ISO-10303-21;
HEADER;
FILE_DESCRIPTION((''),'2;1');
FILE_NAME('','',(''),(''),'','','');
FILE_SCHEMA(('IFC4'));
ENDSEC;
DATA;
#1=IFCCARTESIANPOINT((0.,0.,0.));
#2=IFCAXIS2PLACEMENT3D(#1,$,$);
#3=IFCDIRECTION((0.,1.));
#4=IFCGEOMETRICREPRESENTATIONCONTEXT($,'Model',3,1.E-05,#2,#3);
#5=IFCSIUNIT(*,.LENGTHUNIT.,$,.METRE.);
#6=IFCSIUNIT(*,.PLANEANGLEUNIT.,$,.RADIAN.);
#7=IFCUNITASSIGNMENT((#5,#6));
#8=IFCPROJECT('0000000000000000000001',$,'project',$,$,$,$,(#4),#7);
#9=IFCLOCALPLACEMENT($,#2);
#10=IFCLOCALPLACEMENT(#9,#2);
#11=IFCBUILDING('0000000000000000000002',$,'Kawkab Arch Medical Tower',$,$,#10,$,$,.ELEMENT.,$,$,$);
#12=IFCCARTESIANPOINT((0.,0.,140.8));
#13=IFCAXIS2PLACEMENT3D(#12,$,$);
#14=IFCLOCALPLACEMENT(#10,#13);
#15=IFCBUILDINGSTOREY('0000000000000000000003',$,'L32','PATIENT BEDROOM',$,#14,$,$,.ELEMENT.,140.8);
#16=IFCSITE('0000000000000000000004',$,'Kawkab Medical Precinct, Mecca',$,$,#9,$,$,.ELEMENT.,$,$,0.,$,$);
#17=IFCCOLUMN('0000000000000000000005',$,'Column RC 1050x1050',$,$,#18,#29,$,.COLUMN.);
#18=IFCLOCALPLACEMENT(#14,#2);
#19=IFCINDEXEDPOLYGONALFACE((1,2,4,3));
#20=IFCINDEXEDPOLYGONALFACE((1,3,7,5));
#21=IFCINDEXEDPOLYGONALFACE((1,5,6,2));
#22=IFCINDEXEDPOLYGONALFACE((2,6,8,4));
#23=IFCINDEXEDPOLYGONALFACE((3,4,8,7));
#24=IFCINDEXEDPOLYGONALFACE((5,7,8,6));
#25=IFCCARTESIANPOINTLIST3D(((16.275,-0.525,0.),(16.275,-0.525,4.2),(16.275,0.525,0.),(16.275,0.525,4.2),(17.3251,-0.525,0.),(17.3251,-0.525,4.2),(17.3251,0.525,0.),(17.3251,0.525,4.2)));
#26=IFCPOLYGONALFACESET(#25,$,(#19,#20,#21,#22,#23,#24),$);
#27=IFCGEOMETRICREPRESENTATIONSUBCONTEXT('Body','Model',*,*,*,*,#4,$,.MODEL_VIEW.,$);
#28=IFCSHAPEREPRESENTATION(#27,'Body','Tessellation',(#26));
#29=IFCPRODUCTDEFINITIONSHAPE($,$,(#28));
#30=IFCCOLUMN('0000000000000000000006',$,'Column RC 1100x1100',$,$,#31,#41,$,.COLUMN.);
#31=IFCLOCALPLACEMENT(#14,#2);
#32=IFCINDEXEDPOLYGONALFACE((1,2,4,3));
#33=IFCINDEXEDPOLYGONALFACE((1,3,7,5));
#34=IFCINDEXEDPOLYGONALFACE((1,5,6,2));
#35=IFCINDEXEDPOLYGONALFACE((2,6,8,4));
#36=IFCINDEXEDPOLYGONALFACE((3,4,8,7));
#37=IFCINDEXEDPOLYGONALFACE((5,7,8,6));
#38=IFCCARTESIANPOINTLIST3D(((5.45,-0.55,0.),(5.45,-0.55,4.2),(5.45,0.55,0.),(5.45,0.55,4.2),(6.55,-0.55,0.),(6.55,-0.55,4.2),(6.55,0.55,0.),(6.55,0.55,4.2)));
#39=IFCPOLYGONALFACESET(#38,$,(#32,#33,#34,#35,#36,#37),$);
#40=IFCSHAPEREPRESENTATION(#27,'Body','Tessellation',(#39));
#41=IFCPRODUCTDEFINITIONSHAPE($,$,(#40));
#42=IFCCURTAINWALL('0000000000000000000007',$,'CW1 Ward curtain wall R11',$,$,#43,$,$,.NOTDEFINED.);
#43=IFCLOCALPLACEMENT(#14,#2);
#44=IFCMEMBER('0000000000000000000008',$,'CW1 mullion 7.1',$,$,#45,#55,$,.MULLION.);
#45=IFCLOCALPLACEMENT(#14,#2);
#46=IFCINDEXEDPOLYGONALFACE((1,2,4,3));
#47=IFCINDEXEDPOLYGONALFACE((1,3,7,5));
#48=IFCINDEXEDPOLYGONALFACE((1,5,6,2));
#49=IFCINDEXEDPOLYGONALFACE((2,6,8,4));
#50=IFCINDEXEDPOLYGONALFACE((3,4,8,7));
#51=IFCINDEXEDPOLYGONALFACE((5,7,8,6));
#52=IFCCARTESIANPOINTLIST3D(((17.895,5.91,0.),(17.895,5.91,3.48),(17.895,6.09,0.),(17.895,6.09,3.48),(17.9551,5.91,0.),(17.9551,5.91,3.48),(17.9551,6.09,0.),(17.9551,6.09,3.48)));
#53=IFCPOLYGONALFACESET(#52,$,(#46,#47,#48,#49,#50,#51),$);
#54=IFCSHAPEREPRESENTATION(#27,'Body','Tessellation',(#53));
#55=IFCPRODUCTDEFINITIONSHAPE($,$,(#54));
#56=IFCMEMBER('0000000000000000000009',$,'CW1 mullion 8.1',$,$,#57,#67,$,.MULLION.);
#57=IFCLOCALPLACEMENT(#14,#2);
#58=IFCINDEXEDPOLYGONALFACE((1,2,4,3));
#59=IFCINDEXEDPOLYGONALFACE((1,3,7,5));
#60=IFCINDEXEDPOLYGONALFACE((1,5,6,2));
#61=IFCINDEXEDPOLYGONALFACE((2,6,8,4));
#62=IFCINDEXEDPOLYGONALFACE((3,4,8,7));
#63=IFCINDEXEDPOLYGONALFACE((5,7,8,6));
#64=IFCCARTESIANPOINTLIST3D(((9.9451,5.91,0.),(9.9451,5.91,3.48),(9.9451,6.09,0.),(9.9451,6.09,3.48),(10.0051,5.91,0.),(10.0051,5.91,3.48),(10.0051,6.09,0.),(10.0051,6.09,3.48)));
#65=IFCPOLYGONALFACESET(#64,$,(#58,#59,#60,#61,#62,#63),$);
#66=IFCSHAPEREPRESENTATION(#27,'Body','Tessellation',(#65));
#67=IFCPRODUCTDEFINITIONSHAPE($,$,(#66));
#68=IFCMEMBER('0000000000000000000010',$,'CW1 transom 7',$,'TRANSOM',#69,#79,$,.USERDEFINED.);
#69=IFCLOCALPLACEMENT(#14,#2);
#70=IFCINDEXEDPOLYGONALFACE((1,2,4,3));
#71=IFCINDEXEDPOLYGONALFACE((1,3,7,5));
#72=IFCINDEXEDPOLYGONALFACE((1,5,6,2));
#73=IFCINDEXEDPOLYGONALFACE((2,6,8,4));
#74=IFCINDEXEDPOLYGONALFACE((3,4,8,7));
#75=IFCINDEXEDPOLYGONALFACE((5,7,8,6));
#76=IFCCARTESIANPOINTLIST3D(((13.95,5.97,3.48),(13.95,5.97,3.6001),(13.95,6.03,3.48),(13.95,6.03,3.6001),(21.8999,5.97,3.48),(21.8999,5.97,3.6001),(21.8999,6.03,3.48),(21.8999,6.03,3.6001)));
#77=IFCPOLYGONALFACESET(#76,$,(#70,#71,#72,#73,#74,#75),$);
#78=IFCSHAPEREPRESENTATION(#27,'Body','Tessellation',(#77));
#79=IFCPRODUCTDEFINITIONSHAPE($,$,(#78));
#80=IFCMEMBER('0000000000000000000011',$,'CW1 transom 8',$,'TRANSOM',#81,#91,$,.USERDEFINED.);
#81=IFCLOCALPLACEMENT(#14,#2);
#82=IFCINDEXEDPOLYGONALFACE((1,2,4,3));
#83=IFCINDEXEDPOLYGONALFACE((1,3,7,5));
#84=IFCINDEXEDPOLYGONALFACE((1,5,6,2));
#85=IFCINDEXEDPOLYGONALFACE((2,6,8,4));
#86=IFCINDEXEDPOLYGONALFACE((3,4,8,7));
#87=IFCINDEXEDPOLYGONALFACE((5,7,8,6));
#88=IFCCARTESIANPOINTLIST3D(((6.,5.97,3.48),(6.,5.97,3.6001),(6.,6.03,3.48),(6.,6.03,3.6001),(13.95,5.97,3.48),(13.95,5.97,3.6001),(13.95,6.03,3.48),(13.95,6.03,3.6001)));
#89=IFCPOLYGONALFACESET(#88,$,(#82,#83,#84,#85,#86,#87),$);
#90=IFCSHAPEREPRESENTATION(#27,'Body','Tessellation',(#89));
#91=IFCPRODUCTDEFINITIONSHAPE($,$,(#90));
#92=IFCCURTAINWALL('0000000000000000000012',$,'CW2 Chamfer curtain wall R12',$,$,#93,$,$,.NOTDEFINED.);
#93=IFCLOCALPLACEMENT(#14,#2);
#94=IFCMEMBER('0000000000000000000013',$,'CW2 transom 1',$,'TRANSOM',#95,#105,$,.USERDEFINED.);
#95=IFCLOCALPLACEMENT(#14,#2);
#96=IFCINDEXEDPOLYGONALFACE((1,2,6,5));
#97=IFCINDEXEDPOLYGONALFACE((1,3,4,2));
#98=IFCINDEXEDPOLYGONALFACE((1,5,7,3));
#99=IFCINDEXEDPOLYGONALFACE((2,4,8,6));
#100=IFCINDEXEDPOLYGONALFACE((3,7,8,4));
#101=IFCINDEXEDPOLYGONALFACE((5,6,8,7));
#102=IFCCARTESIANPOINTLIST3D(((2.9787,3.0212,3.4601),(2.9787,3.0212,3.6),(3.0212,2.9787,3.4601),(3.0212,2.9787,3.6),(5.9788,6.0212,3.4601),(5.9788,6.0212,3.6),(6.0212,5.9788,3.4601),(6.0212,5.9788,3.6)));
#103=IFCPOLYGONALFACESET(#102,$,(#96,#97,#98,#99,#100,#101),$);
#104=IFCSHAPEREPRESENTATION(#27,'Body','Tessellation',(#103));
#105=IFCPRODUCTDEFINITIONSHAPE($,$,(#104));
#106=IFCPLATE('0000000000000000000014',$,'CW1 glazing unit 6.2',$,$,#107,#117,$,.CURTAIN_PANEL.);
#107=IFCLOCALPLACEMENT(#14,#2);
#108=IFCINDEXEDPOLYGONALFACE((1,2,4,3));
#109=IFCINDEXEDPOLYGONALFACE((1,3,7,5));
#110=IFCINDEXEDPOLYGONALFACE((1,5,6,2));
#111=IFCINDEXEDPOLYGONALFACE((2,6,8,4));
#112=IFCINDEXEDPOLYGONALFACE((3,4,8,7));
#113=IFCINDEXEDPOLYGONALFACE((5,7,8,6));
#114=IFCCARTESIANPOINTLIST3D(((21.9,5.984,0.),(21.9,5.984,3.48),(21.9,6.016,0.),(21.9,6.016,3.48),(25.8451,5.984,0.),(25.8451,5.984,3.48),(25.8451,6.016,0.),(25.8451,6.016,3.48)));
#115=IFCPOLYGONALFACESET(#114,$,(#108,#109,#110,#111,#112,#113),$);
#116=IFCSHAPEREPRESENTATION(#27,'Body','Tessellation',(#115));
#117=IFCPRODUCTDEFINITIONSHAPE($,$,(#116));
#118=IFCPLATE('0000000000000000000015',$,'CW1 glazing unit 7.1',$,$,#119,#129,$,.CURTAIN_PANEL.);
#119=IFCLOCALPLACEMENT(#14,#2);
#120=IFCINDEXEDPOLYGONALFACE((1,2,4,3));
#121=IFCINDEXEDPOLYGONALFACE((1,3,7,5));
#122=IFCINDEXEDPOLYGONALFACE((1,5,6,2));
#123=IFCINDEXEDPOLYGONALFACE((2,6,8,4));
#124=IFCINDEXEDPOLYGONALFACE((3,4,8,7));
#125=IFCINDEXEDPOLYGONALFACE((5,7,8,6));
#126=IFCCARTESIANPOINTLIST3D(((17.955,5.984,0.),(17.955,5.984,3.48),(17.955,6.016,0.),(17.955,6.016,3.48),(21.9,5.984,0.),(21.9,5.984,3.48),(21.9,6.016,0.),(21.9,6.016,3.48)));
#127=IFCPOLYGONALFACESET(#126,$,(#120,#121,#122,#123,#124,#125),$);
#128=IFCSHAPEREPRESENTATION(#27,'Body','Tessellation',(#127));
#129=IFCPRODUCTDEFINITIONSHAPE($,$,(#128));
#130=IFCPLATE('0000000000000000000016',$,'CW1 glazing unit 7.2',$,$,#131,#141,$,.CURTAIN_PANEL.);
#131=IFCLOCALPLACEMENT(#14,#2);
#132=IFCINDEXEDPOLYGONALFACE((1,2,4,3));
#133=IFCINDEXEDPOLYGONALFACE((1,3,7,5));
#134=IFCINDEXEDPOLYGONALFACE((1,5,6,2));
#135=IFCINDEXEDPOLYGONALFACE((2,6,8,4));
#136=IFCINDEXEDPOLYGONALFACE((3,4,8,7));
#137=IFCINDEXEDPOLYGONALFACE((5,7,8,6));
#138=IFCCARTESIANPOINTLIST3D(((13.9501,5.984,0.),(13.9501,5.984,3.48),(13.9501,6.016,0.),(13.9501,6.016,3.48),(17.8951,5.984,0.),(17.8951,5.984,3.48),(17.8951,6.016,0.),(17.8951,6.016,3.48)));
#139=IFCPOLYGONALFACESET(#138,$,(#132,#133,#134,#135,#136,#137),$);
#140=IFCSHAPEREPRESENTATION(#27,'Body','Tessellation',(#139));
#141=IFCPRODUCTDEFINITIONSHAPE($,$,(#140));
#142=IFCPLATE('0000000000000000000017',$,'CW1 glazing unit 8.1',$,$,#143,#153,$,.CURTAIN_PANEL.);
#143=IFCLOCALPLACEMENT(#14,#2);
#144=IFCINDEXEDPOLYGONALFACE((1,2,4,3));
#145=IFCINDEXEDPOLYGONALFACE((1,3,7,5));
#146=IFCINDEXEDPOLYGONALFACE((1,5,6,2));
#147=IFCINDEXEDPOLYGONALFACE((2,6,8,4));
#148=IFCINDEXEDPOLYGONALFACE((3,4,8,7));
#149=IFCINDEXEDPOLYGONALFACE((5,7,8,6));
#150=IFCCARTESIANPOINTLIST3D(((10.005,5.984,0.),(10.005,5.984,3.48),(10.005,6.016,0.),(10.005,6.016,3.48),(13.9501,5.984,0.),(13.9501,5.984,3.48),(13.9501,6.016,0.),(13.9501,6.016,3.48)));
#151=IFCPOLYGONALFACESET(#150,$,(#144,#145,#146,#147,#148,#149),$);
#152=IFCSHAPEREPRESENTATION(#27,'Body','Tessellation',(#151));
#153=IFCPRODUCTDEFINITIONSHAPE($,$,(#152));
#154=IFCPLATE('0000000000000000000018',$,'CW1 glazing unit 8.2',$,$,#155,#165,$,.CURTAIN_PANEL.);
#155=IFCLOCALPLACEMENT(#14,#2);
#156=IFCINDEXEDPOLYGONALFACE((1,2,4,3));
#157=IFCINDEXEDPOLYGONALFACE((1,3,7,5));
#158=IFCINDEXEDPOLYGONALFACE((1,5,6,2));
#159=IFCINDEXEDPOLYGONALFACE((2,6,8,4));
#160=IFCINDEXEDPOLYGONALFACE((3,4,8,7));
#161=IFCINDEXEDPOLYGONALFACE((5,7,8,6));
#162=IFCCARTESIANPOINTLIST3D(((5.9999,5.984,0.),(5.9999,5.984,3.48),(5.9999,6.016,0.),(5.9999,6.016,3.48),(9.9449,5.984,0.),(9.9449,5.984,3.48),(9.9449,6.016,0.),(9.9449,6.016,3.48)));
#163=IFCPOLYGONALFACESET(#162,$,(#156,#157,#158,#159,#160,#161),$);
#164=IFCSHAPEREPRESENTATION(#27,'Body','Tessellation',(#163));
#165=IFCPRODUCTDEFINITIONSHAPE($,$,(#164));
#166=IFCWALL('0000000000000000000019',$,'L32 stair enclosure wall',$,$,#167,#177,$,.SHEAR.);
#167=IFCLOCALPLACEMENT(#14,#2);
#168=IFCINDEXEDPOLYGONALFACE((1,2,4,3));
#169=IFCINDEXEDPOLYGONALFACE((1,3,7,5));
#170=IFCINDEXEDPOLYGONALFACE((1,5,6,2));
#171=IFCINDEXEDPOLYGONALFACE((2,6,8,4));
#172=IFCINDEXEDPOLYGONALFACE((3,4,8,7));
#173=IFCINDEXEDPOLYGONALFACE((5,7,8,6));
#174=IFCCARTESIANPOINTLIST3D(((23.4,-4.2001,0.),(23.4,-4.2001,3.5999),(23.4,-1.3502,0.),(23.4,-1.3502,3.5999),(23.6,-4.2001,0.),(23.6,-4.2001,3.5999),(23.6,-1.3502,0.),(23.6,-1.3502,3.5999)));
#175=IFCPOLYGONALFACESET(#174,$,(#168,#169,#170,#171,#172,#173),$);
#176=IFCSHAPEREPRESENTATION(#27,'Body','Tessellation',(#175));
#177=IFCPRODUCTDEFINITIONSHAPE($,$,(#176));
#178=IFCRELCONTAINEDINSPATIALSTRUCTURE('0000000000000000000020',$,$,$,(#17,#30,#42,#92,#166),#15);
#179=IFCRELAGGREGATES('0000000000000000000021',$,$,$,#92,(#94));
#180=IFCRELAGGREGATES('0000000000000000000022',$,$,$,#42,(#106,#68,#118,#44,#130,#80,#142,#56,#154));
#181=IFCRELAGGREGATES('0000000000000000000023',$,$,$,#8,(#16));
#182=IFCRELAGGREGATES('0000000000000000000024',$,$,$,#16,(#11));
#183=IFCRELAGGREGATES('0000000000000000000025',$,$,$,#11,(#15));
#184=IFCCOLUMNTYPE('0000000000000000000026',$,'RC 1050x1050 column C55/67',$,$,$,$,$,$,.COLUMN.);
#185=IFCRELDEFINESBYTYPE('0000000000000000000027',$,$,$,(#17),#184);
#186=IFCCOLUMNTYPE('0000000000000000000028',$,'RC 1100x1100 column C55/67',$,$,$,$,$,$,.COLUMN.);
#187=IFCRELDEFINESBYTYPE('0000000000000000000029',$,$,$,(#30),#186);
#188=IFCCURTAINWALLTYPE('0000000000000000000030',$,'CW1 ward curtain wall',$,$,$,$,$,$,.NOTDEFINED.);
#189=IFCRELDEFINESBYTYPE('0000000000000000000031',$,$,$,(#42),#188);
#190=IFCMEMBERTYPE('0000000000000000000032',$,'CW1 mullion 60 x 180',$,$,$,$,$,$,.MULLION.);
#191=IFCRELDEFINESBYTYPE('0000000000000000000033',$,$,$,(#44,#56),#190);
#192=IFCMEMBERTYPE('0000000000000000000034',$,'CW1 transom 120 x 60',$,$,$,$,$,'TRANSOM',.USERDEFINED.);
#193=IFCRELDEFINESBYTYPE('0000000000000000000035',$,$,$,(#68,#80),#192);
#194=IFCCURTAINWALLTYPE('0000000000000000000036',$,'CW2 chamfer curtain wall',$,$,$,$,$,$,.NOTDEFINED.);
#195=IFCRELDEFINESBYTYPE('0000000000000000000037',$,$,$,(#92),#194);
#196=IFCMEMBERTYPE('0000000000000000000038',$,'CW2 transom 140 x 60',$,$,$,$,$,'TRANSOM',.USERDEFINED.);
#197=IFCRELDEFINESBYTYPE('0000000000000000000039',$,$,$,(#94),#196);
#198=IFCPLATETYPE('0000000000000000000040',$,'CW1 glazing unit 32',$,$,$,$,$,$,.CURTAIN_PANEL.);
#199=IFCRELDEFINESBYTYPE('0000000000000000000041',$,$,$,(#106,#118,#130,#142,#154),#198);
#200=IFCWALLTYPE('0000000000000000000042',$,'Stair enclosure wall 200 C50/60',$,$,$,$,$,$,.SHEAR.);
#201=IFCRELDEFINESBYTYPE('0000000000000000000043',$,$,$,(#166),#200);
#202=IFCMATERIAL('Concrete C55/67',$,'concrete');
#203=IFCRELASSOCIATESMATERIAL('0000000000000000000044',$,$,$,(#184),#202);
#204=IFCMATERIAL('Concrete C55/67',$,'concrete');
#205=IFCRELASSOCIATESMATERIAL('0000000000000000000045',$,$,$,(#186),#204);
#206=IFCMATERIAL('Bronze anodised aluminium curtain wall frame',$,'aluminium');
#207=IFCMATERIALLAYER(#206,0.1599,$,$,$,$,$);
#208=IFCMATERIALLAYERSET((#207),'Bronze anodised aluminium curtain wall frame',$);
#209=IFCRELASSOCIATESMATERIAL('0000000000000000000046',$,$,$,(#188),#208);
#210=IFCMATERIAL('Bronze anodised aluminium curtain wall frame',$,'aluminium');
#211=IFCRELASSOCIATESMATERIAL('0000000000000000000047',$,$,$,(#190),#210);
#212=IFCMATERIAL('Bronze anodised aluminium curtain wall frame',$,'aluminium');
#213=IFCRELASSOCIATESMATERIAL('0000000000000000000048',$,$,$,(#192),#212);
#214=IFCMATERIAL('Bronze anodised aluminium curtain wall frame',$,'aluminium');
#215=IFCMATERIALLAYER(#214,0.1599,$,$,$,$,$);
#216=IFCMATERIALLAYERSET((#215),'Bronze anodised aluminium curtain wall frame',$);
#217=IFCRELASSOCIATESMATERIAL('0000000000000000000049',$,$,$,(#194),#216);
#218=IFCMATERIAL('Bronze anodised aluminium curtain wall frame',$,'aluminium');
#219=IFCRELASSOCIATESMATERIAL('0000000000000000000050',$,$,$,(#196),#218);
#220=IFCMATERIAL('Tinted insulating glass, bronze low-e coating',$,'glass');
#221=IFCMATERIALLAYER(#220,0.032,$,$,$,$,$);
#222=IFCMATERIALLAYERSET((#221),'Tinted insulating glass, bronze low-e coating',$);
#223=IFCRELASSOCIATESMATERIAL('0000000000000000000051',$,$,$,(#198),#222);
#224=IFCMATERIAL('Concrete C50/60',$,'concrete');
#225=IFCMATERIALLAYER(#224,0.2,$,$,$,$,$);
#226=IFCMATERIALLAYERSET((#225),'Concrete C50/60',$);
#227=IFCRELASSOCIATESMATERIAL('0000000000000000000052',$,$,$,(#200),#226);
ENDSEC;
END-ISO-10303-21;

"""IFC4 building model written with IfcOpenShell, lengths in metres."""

from ifc_helpers import new_model, si_unit, direction, frame, frame_2d, origin, origin_2d, place, context, subcontext, project, spatial, rectangle, extrude, material, layer, layer_set, material_profile, profile_set, type_object, element, aggregate, save


model = new_model("IFC4")

# Units and contexts
model_context = context("Model", 3, precision=1e-05, world=origin(), true_north=direction((0.0, 1.0)))
body_context = subcontext(model_context, "Body", "Model", "MODEL_VIEW")
ifc_project = project(units=[si_unit("LENGTHUNIT", "METRE"), si_unit("PLANEANGLEUNIT", "RADIAN")], contexts=[model_context])

# Site, building, storey
site_placement = place(None, origin())
site = spatial("IfcSite", under=ifc_project, at=site_placement, Name="Kawkab Medical Precinct, Mecca", CompositionType="ELEMENT", RefElevation=0.0)
building_placement = place(site_placement, origin())
building = spatial("IfcBuilding", under=site, at=building_placement, Name="Kawkab Arch Medical Tower", CompositionType="ELEMENT")
storey_placement = place(building_placement, frame((0.0, 0.0, 140.8)))
storey = spatial("IfcBuildingStorey", under=building, at=storey_placement, Name="L32", Description="PATIENT BEDROOM", CompositionType="ELEMENT", Elevation=140.8)

# Columns
ifc_material_1 = material(Name="Concrete C55/67", Category="concrete")
ifc_material_profile_1 = material_profile(ifc_material_1, rectangle(XDim=1.05, YDim=1.05, at=origin_2d()), Name="RC 1050x1050")
ifc_profile_set_1 = profile_set([ifc_material_profile_1], Name="Concrete C55/67")
column_type_1 = type_object("IfcColumnType", Name="RC 1050x1050 column C55/67", PredefinedType="COLUMN", material=ifc_profile_set_1)
column_1_placement = place(storey_placement, frame((16.8, 0.0, 0.0), z_axis=(0.0, 0.0, 1.0), x_axis=(1.0, 0.0, 0.0)))
element("IfcColumn", 1, at=column_1_placement, inside=storey, type_object=column_type_1, Name="Column RC 1050x1050", PredefinedType="COLUMN", context=body_context, shape_type="SweptSolid", body=[
    extrude(rectangle(XDim=1.05, YDim=1.05, at=origin_2d()), origin(), (0.0, 0.0, 1.0), 4.2),
])
ifc_material_2 = material(Name="Concrete C55/67", Category="concrete")
ifc_material_profile_2 = material_profile(ifc_material_2, rectangle(XDim=1.1001, YDim=1.1001, at=origin_2d()), Name="RC 1100x1100")
ifc_profile_set_2 = profile_set([ifc_material_profile_2], Name="Concrete C55/67")
column_type_2 = type_object("IfcColumnType", Name="RC 1100x1100 column C55/67", PredefinedType="COLUMN", material=ifc_profile_set_2)
column_2_placement = place(storey_placement, frame((6.0, 0.0, 0.0), z_axis=(0.0, 0.0, 1.0), x_axis=(1.0, 0.0, 0.0)))
element("IfcColumn", 2, at=column_2_placement, inside=storey, type_object=column_type_2, Name="Column RC 1100x1100", PredefinedType="COLUMN", context=body_context, shape_type="SweptSolid", body=[
    extrude(rectangle(XDim=1.1001, YDim=1.1001, at=origin_2d()), origin(), (0.0, 0.0, 1.0), 4.2),
])

# Curtain wall, members
ifc_material_3 = material(Name="Bronze anodised aluminium curtain wall frame", Category="aluminium")
ifc_layer_1 = layer(ifc_material_3, 0.1599)
ifc_layer_set_1 = layer_set([ifc_layer_1], Name="Bronze anodised aluminium curtain wall frame")
curtain_wall_type_1 = type_object("IfcCurtainWallType", Name="CW1 ward curtain wall", PredefinedType="NOTDEFINED", material=ifc_layer_set_1)
placement = place(storey_placement, origin())
curtain_wall_1 = element("IfcCurtainWall", 3, at=placement, inside=storey, type_object=curtain_wall_type_1, Name="CW1 Ward curtain wall R11", PredefinedType="NOTDEFINED")
ifc_material_4 = material(Name="Bronze anodised aluminium curtain wall frame", Category="aluminium")
ifc_material_profile_3 = material_profile(ifc_material_4, rectangle(XDim=0.1799, YDim=0.0601, at=origin_2d()), Name="AL 60x180")
ifc_profile_set_3 = profile_set([ifc_material_profile_3], Name="Bronze anodised aluminium curtain wall frame")
member_type_1 = type_object("IfcMemberType", Name="CW1 mullion 60 x 180", PredefinedType="MULLION", material=ifc_profile_set_3)
member_1_placement = place(storey_placement, frame((17.925, 6.0, 0.0), z_axis=(0.0, 0.0, 1.0), x_axis=(0.0, -1.0, 0.0)))
member_1 = element("IfcMember", 4, at=member_1_placement, type_object=member_type_1, Name="CW1 mullion 7.1", PredefinedType="MULLION", context=body_context, shape_type="SweptSolid", body=[
    extrude(rectangle(XDim=0.1799, YDim=0.0601, at=origin_2d()), origin(), (0.0, 0.0, 1.0), 3.48),
])
member_2_placement = place(storey_placement, frame((9.9751, 6.0, 0.0), z_axis=(0.0, 0.0, 1.0), x_axis=(0.0, -1.0, 0.0)))
member_2 = element("IfcMember", 5, at=member_2_placement, type_object=member_type_1, Name="CW1 mullion 8.1", PredefinedType="MULLION", context=body_context, shape_type="SweptSolid", body=[
    extrude(rectangle(XDim=0.1799, YDim=0.0601, at=origin_2d()), origin(), (0.0, 0.0, 1.0), 3.48),
])
ifc_material_5 = material(Name="Bronze anodised aluminium curtain wall frame", Category="aluminium")
ifc_material_profile_4 = material_profile(ifc_material_5, rectangle(XDim=0.0601, YDim=0.1201, at=origin_2d()), Name="AL 60x120")
ifc_profile_set_4 = profile_set([ifc_material_profile_4], Name="Bronze anodised aluminium curtain wall frame")
member_type_2 = type_object("IfcMemberType", Name="CW1 transom 120 x 60", ElementType="TRANSOM", PredefinedType="USERDEFINED", material=ifc_profile_set_4)
member_3_placement = place(storey_placement, frame((21.8999, 6.0, 3.54), z_axis=(-1.0, 0.0, 0.0), x_axis=(0.0, -1.0, 0.0)))
member_3 = element("IfcMember", 6, at=member_3_placement, type_object=member_type_2, Name="CW1 transom 7", ObjectType="TRANSOM", PredefinedType="USERDEFINED", context=body_context, shape_type="SweptSolid", body=[
    extrude(rectangle(XDim=0.0601, YDim=0.1201, at=origin_2d()), origin(), (0.0, 0.0, 1.0), 7.95),
])
member_4_placement = place(storey_placement, frame((13.95, 6.0, 3.54), z_axis=(-1.0, 0.0, 0.0), x_axis=(0.0, -1.0, 0.0)))
member_4 = element("IfcMember", 7, at=member_4_placement, type_object=member_type_2, Name="CW1 transom 8", ObjectType="TRANSOM", PredefinedType="USERDEFINED", context=body_context, shape_type="SweptSolid", body=[
    extrude(rectangle(XDim=0.0601, YDim=0.1201, at=origin_2d()), origin(), (0.0, 0.0, 1.0), 7.95),
])

# Curtain wall, member
ifc_material_6 = material(Name="Bronze anodised aluminium curtain wall frame", Category="aluminium")
ifc_layer_2 = layer(ifc_material_6, 0.1599)
ifc_layer_set_2 = layer_set([ifc_layer_2], Name="Bronze anodised aluminium curtain wall frame")
curtain_wall_type_2 = type_object("IfcCurtainWallType", Name="CW2 chamfer curtain wall", PredefinedType="NOTDEFINED", material=ifc_layer_set_2)
curtain_wall_2 = element("IfcCurtainWall", 8, at=placement, inside=storey, type_object=curtain_wall_type_2, Name="CW2 Chamfer curtain wall R12", PredefinedType="NOTDEFINED")
ifc_material_7 = material(Name="Bronze anodised aluminium curtain wall frame", Category="aluminium")
ifc_material_profile_5 = material_profile(ifc_material_7, rectangle(XDim=0.0601, YDim=0.1399, at=origin_2d()), Name="AL 60x140")
ifc_profile_set_5 = profile_set([ifc_material_profile_5], Name="Bronze anodised aluminium curtain wall frame")
member_type_3 = type_object("IfcMemberType", Name="CW2 transom 140 x 60", ElementType="TRANSOM", PredefinedType="USERDEFINED", material=ifc_profile_set_5)
member_5_placement = place(storey_placement, frame((6.0, 6.0, 3.53), z_axis=(-0.707107, -0.707107, 0.0), x_axis=(0.707107, -0.707107, 0.0)))
member_5 = element("IfcMember", 9, at=member_5_placement, type_object=member_type_3, Name="CW2 transom 1", ObjectType="TRANSOM", PredefinedType="USERDEFINED", context=body_context, shape_type="SweptSolid", body=[
    extrude(rectangle(XDim=0.0601, YDim=0.1399, at=origin_2d()), origin(), (0.0, 0.0, 1.0), 4.2427),
])
aggregate(curtain_wall_2, [member_5])

# Plates
ifc_material_8 = material(Name="Tinted insulating glass, bronze low-e coating", Category="glass")
ifc_layer_3 = layer(ifc_material_8, 0.032)
ifc_layer_set_3 = layer_set([ifc_layer_3], Name="Tinted insulating glass, bronze low-e coating")
plate_type = type_object("IfcPlateType", Name="CW1 glazing unit 32", PredefinedType="CURTAIN_PANEL", material=ifc_layer_set_3)
plate_1_placement = place(storey_placement, frame((23.8726, 6.0, 0.0), z_axis=(0.0, 0.0, 1.0), x_axis=(-1.0, 0.0, 0.0)))
plate_1 = element("IfcPlate", 10, at=plate_1_placement, type_object=plate_type, Name="CW1 glazing unit 6.2", PredefinedType="CURTAIN_PANEL", context=body_context, shape_type="SweptSolid", body=[
    extrude(rectangle(XDim=3.9451, YDim=0.032, at=origin_2d()), origin(), (0.0, 0.0, 1.0), 3.48),
])
plate_2_placement = place(storey_placement, frame((19.9275, 6.0, 0.0), z_axis=(0.0, 0.0, 1.0), x_axis=(-1.0, 0.0, 0.0)))
plate_2 = element("IfcPlate", 11, at=plate_2_placement, type_object=plate_type, Name="CW1 glazing unit 7.1", PredefinedType="CURTAIN_PANEL", context=body_context, shape_type="SweptSolid", body=[
    extrude(rectangle(XDim=3.9451, YDim=0.032, at=origin_2d()), origin(), (0.0, 0.0, 1.0), 3.48),
])
plate_3_placement = place(storey_placement, frame((15.9226, 6.0, 0.0), z_axis=(0.0, 0.0, 1.0), x_axis=(-1.0, 0.0, 0.0)))
plate_3 = element("IfcPlate", 12, at=plate_3_placement, type_object=plate_type, Name="CW1 glazing unit 7.2", PredefinedType="CURTAIN_PANEL", context=body_context, shape_type="SweptSolid", body=[
    extrude(rectangle(XDim=3.9451, YDim=0.032, at=origin_2d()), origin(), (0.0, 0.0, 1.0), 3.48),
])
plate_4_placement = place(storey_placement, frame((11.9775, 6.0, 0.0), z_axis=(0.0, 0.0, 1.0), x_axis=(-1.0, 0.0, 0.0)))
plate_4 = element("IfcPlate", 13, at=plate_4_placement, type_object=plate_type, Name="CW1 glazing unit 8.1", PredefinedType="CURTAIN_PANEL", context=body_context, shape_type="SweptSolid", body=[
    extrude(rectangle(XDim=3.9451, YDim=0.032, at=origin_2d()), origin(), (0.0, 0.0, 1.0), 3.48),
])
plate_5_placement = place(storey_placement, frame((7.9724, 6.0, 0.0), z_axis=(0.0, 0.0, 1.0), x_axis=(-1.0, 0.0, 0.0)))
plate_5 = element("IfcPlate", 14, at=plate_5_placement, type_object=plate_type, Name="CW1 glazing unit 8.2", PredefinedType="CURTAIN_PANEL", context=body_context, shape_type="SweptSolid", body=[
    extrude(rectangle(XDim=3.9451, YDim=0.032, at=origin_2d()), origin(), (0.0, 0.0, 1.0), 3.48),
])
aggregate(curtain_wall_1, [plate_1, member_3, plate_2, member_1, plate_3, member_4, plate_4, member_2, plate_5])

# Wall
ifc_material_9 = material(Name="Concrete C50/60", Category="concrete")
ifc_layer_4 = layer(ifc_material_9, 0.2)
ifc_layer_set_4 = layer_set([ifc_layer_4], Name="Concrete C50/60")
wall_type_1 = type_object("IfcWallType", Name="Stair enclosure wall 200 C50/60", PredefinedType="SHEAR", material=ifc_layer_set_4)
wall_1_placement = place(storey_placement, frame((23.5, -4.2, 0.0), z_axis=(0.0, 0.0, 1.0), x_axis=(0.0, 1.0, 0.0)))
element("IfcWall", 15, at=wall_1_placement, inside=storey, type_object=wall_type_1, Name="L32 stair enclosure wall", PredefinedType="SHEAR", context=body_context, shape_type="SweptSolid", body=[
    extrude(rectangle(XDim=2.8499, YDim=0.2, at=frame_2d((1.4248, 0.0))), origin(), (0.0, 0.0, 1.0), 3.5999),
])

save(model, "model.ifc")
